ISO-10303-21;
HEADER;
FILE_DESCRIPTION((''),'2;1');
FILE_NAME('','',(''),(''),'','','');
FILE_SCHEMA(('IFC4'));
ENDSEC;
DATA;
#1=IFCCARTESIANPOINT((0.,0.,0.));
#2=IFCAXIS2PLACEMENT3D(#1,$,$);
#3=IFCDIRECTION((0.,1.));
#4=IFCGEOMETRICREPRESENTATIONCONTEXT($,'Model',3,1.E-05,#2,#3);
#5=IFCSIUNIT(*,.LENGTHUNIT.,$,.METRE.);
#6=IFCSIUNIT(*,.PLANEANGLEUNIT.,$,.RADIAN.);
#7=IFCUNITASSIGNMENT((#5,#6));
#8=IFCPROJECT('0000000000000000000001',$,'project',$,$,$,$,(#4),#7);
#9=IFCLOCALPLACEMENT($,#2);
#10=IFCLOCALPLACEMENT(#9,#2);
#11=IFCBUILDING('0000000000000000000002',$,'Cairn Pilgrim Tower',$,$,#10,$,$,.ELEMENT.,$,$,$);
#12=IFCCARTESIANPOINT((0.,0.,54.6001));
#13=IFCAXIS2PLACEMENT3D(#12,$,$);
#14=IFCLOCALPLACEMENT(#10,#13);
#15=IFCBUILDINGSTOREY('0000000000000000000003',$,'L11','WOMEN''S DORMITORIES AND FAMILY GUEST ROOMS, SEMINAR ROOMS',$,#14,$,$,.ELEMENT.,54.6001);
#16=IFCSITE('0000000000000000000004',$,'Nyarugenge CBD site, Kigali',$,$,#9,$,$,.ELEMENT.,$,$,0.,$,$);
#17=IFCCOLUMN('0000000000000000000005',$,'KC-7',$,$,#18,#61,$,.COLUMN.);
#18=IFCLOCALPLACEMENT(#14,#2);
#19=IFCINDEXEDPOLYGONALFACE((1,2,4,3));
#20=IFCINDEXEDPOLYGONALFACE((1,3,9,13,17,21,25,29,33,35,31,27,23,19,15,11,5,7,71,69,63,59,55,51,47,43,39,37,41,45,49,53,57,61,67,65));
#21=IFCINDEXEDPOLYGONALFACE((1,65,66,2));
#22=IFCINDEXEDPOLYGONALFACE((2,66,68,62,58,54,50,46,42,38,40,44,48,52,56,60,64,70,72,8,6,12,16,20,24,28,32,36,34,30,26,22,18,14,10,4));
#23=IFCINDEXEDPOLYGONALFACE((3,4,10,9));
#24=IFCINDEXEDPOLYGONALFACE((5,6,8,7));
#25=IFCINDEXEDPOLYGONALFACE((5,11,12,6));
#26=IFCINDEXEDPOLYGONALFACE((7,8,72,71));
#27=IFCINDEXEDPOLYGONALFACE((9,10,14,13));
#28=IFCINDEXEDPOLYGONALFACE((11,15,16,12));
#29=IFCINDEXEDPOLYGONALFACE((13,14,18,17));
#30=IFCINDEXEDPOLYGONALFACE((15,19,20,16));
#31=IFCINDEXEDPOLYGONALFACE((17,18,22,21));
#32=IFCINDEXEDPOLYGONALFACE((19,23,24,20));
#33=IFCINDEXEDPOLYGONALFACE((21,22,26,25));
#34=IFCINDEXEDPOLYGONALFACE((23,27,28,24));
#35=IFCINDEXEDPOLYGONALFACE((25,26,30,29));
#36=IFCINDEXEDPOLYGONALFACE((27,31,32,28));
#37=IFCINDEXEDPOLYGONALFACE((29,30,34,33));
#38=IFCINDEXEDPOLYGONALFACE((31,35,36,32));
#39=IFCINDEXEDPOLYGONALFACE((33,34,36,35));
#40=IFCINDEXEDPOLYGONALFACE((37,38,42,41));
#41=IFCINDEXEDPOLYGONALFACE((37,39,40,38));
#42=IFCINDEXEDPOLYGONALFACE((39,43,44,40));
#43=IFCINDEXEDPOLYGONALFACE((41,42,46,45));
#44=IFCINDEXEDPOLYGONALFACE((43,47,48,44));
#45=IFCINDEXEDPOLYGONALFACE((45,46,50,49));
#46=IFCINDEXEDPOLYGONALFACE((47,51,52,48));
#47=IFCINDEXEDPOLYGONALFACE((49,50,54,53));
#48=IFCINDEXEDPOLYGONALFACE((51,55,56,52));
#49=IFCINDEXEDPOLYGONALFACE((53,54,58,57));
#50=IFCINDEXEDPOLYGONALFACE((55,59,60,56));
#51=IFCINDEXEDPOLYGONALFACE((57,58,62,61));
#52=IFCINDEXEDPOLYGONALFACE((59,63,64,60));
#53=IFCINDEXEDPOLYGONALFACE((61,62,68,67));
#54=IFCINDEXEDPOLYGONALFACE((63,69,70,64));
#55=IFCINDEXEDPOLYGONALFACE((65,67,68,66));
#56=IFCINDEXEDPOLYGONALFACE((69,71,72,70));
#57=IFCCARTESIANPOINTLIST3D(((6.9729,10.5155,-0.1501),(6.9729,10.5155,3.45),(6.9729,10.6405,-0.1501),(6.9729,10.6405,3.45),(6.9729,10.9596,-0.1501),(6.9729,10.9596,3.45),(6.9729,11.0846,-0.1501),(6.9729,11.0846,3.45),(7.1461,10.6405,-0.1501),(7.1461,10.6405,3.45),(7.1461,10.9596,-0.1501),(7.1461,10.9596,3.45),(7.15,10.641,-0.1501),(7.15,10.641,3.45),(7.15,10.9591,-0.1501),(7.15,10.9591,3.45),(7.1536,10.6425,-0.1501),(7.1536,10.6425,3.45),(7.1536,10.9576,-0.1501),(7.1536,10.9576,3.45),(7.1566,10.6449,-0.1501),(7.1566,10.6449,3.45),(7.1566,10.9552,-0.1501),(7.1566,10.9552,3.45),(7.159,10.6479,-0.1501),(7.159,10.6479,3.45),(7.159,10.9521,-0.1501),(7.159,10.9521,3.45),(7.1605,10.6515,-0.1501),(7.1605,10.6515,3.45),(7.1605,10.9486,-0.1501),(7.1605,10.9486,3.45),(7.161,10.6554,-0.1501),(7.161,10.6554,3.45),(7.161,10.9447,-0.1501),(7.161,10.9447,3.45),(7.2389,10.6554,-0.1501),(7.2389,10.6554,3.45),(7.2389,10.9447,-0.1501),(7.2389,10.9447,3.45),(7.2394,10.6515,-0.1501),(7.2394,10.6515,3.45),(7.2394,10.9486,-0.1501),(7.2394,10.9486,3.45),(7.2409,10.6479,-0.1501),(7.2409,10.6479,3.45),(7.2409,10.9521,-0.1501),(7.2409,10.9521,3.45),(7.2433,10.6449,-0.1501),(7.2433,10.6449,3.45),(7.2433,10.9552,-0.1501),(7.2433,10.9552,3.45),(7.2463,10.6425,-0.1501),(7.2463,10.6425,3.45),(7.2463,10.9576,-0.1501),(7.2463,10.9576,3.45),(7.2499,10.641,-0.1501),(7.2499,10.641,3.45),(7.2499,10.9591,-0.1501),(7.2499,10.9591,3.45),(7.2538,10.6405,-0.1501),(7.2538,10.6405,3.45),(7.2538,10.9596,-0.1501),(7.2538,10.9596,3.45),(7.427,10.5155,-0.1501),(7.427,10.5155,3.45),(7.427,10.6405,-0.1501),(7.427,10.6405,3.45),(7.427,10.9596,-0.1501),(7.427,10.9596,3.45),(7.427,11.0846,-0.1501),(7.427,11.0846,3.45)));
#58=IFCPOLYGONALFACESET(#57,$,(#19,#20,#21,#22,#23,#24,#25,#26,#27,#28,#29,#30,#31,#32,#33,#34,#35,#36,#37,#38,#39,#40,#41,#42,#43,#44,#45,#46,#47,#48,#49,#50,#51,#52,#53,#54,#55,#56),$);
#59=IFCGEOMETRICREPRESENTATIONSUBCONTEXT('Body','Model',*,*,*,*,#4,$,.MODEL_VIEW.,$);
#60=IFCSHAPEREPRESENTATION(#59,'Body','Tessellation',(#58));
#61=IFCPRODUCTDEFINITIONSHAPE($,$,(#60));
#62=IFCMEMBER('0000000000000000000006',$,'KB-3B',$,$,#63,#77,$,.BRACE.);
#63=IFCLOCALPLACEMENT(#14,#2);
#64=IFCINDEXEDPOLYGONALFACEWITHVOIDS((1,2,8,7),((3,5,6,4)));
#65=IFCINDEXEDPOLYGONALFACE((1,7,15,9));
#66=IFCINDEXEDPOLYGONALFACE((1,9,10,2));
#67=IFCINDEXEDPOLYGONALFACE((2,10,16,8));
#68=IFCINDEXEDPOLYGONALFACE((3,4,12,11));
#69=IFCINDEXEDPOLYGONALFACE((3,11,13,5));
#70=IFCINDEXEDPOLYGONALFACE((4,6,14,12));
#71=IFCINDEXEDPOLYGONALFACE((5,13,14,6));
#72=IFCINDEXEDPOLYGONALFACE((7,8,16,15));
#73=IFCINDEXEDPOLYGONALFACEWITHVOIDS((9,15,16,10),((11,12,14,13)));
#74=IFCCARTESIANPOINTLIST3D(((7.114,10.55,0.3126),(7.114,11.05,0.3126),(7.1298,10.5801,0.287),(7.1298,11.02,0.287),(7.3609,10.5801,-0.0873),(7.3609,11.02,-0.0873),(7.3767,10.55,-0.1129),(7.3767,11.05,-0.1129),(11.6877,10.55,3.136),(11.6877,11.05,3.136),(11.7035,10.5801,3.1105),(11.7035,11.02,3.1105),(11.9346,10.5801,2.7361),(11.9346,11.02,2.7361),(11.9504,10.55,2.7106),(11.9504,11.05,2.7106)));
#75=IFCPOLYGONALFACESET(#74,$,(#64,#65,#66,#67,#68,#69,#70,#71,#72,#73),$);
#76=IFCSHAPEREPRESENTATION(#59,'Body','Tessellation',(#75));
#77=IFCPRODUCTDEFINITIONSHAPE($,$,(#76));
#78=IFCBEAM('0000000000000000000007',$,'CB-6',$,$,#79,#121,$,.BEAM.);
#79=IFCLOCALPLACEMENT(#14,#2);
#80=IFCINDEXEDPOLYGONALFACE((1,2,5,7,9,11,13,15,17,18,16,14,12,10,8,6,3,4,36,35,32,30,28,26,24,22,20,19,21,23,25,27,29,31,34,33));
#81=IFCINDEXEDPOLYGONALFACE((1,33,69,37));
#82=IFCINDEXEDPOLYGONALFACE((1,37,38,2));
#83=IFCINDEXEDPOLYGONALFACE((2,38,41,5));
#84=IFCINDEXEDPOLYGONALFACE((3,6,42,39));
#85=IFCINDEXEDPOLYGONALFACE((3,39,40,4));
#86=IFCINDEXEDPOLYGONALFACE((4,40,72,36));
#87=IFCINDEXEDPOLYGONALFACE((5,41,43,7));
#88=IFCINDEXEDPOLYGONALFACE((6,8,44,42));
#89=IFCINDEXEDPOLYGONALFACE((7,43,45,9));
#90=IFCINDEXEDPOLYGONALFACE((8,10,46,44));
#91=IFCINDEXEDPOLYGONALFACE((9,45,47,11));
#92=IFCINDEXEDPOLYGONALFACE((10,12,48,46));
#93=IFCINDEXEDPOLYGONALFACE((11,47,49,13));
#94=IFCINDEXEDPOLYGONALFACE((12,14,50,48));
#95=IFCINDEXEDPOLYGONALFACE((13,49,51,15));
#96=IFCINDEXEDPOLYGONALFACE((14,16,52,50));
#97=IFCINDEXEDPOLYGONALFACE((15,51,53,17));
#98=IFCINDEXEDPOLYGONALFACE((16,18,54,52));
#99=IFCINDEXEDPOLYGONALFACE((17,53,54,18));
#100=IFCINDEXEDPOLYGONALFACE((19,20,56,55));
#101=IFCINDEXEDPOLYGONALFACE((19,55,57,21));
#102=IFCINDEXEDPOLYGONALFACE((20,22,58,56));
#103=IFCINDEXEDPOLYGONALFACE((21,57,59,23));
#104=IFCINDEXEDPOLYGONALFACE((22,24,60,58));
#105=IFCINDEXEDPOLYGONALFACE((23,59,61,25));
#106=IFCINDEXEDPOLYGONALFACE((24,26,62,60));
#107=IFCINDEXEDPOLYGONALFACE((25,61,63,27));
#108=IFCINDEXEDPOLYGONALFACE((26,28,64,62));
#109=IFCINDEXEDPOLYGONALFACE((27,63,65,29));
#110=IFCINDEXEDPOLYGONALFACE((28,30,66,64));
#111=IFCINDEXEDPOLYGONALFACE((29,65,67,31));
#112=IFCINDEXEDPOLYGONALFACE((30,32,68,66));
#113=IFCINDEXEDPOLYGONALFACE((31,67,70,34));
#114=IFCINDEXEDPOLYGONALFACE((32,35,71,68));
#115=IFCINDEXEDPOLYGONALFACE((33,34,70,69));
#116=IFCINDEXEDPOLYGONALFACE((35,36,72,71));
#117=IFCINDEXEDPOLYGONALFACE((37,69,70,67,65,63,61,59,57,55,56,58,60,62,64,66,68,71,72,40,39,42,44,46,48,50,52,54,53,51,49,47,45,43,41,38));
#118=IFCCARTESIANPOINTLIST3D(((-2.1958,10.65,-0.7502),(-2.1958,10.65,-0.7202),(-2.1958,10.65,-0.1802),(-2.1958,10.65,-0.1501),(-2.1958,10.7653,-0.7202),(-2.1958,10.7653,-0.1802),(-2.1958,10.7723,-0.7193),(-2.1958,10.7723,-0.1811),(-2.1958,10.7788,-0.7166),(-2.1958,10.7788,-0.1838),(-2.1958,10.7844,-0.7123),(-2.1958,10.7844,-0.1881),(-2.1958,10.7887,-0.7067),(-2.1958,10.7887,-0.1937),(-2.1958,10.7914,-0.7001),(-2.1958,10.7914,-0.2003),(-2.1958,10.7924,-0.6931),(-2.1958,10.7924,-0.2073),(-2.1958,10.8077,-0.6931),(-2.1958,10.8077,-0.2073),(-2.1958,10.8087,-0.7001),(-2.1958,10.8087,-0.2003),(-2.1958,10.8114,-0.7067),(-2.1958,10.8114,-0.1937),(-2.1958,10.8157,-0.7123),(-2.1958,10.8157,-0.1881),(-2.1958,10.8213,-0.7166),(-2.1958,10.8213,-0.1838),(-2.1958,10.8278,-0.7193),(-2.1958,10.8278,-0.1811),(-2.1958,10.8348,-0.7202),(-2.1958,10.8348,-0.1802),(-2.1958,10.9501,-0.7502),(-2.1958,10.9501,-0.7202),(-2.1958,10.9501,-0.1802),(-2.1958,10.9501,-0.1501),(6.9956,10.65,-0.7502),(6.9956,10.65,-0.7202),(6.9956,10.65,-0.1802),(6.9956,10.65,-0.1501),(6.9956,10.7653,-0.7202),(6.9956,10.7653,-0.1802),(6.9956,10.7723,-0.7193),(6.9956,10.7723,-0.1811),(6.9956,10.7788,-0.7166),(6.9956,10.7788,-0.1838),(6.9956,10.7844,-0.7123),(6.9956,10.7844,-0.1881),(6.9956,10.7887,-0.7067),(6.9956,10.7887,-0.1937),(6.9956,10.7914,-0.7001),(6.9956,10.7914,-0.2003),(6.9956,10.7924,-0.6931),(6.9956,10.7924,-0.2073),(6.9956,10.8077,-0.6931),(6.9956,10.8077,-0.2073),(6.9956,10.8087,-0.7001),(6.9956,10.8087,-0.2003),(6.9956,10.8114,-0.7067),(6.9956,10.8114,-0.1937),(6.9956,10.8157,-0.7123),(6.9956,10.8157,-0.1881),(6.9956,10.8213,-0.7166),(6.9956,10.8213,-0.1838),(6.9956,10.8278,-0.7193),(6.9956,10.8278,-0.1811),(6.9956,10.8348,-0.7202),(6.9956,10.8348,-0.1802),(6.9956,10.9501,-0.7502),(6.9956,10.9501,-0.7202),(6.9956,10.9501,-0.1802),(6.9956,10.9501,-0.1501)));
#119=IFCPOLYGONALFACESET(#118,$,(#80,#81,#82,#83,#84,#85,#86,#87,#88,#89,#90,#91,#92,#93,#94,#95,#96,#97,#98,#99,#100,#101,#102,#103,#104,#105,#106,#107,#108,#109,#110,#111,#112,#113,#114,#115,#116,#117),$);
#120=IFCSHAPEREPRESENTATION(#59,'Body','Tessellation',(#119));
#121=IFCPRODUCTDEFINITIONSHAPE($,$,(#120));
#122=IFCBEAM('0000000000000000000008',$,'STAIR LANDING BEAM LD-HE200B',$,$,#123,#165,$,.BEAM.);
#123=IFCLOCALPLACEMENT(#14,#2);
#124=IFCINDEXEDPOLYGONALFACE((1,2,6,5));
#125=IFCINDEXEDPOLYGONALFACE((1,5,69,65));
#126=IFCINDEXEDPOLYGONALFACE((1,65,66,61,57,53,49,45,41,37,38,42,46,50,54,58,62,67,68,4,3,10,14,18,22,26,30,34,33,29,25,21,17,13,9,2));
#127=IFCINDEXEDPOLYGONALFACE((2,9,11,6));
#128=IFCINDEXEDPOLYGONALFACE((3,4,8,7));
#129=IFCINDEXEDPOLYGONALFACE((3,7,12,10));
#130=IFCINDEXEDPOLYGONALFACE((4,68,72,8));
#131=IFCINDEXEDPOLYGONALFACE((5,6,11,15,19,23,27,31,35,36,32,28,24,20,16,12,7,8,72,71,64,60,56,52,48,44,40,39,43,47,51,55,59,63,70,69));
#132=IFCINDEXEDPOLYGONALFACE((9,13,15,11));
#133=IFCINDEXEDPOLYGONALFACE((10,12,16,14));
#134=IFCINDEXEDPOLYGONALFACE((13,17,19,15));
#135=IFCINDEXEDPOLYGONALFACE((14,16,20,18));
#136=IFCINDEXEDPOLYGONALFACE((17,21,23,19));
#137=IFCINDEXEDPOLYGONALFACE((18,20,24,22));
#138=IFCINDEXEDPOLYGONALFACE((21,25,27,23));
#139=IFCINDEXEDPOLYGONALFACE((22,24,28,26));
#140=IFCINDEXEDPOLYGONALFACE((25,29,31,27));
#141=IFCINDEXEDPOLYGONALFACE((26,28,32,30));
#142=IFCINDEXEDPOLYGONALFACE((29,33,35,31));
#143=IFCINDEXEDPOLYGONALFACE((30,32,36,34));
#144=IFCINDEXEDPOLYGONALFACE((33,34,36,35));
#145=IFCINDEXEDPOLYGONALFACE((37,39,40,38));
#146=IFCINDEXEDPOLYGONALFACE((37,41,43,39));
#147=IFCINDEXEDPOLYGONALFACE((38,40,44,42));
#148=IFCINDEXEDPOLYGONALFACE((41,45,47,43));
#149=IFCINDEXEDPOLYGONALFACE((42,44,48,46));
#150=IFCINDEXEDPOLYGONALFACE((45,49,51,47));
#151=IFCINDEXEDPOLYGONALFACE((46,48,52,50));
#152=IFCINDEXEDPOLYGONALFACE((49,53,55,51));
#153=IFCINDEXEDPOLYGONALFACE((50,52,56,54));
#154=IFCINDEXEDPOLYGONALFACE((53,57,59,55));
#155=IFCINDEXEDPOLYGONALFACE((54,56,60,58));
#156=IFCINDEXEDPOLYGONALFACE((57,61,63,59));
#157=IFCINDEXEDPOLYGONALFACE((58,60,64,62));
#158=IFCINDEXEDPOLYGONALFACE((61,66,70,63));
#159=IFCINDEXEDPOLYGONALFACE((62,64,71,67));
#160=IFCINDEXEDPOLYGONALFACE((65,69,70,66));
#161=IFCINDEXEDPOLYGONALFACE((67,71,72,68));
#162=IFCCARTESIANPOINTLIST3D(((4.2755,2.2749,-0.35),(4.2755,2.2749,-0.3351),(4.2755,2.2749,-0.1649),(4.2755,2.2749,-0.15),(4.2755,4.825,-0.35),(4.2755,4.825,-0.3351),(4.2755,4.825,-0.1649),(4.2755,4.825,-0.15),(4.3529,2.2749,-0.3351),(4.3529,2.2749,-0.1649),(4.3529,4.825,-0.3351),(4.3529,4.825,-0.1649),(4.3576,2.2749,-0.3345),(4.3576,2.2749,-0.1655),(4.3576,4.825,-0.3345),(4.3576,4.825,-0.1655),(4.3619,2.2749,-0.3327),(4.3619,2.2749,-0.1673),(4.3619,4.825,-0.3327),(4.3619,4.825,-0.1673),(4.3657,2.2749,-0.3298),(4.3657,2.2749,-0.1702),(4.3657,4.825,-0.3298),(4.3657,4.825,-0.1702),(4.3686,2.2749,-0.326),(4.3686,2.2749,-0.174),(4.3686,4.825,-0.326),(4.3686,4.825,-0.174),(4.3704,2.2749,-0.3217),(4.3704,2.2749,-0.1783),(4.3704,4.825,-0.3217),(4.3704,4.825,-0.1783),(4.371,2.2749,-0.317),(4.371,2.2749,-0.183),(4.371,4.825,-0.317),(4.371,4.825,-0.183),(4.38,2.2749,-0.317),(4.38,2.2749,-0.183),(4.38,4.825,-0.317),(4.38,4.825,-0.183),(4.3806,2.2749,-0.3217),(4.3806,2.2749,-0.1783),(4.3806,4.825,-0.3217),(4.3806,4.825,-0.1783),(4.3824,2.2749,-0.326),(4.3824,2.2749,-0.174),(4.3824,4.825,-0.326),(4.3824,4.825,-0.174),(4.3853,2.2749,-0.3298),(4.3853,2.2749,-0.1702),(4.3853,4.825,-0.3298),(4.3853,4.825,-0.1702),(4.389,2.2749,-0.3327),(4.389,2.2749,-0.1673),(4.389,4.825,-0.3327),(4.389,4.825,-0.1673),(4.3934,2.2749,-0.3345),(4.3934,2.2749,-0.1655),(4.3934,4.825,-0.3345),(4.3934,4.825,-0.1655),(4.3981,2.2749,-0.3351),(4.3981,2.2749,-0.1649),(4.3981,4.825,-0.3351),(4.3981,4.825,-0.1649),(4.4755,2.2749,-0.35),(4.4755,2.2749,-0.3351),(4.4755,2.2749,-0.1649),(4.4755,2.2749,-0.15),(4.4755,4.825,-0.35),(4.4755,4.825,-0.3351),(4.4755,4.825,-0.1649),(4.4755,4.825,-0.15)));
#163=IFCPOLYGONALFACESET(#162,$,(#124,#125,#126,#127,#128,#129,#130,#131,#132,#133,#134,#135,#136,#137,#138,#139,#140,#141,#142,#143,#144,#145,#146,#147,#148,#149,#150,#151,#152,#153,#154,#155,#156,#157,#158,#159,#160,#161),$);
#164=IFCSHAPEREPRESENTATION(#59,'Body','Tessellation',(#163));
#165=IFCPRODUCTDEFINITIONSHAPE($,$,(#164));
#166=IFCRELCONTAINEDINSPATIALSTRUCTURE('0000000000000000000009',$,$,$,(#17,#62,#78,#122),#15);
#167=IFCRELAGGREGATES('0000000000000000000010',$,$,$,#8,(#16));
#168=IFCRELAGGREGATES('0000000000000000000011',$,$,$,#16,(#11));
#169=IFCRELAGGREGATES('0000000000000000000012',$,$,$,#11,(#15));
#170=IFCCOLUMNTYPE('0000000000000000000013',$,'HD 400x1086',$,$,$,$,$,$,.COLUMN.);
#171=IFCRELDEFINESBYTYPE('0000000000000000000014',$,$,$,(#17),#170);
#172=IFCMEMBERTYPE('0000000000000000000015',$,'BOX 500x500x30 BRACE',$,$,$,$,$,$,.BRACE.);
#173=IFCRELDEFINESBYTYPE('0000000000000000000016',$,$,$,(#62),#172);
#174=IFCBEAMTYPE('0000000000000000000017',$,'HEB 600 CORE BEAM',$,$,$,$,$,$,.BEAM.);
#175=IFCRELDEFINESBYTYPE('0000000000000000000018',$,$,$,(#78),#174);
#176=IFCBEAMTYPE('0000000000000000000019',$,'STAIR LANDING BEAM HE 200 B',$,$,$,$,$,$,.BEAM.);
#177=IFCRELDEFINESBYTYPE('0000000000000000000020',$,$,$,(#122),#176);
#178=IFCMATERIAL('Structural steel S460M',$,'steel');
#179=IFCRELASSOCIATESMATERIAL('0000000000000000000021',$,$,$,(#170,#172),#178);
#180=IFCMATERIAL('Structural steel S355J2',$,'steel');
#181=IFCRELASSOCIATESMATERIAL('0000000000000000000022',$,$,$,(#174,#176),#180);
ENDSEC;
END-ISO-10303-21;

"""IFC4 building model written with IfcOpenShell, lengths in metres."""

from ifc_helpers import new_model, si_unit, direction, frame, origin, origin_2d, place, context, subcontext, project, spatial, hollow_rectangle, i_section, extrude, material, material_profile, profile_set, type_object, element, save


model = new_model("IFC4")

# Units and contexts
model_context = context("Model", 3, precision=1e-05, world=origin(), true_north=direction((0.0, 1.0)))
body_context = subcontext(model_context, "Body", "Model", "MODEL_VIEW")
ifc_project = project(units=[si_unit("LENGTHUNIT", "METRE"), si_unit("PLANEANGLEUNIT", "RADIAN")], contexts=[model_context])

# Site, building, storey
site_placement = place(None, origin())
site = spatial("IfcSite", under=ifc_project, at=site_placement, Name="Nyarugenge CBD site, Kigali", CompositionType="ELEMENT", RefElevation=0.0)
building_placement = place(site_placement, origin())
building = spatial("IfcBuilding", under=site, at=building_placement, Name="Cairn Pilgrim Tower", CompositionType="ELEMENT")
storey_placement = place(building_placement, frame((0.0, 0.0, 54.6001)))
storey = spatial("IfcBuildingStorey", under=building, at=storey_placement, Name="L11", Description="WOMEN'S DORMITORIES AND FAMILY GUEST ROOMS, SEMINAR ROOMS", CompositionType="ELEMENT", Elevation=54.6001)

# Column
ifc_material_1 = material(Name="Structural steel S460M", Category="steel")
ifc_material_profile_1 = material_profile(ifc_material_1, i_section(OverallWidth=0.4541, OverallDepth=0.5691, WebThickness=0.0779, FlangeThickness=0.125, FilletRadius=0.0149, at=origin_2d()), Name="HD 400x1086")
ifc_profile_set_1 = profile_set([ifc_material_profile_1], Name="Structural steel S460M")
column_type = type_object("IfcColumnType", Name="HD 400x1086", PredefinedType="COLUMN", material=ifc_profile_set_1)
column_placement = place(storey_placement, frame((7.2, 10.8, -0.1501), z_axis=(0.0, 0.0, 1.0), x_axis=(1.0, 0.0, 0.0)))
element("IfcColumn", 1, at=column_placement, inside=storey, type_object=column_type, Name="KC-7", PredefinedType="COLUMN", context=body_context, shape_type="SweptSolid", body=[
    extrude(i_section(OverallWidth=0.4541, OverallDepth=0.5691, WebThickness=0.0779, FlangeThickness=0.125, FilletRadius=0.0149, at=origin_2d()), origin(), (0.0, 0.0, 1.0), 3.6001),
])

# Member
ifc_material_profile_2 = material_profile(ifc_material_1, hollow_rectangle(XDim=0.5, YDim=0.5, WallThickness=0.03, at=origin_2d()), Name="BOX 500x500x30")
ifc_profile_set_2 = profile_set([ifc_material_profile_2], Name="Structural steel S460M")
member_type = type_object("IfcMemberType", Name="BOX 500x500x30 BRACE", PredefinedType="BRACE", material=ifc_profile_set_2)
member_placement = place(storey_placement, frame((7.2454, 10.8, 0.0999), z_axis=(0.85092, 0.0, 0.525296), x_axis=(0.0, 1.0, 0.0)))
element("IfcMember", 2, at=member_placement, inside=storey, type_object=member_type, Name="KB-3B", PredefinedType="BRACE", context=body_context, shape_type="SweptSolid", body=[
    extrude(hollow_rectangle(XDim=0.5, YDim=0.5, WallThickness=0.03, at=origin_2d()), origin(), (0.0, 0.0, 1.0), 5.375),
])

# Beams
ifc_material_2 = material(Name="Structural steel S355J2", Category="steel")
ifc_material_profile_3 = material_profile(ifc_material_2, i_section(OverallWidth=0.3, OverallDepth=0.6001, WebThickness=0.0154, FlangeThickness=0.03, FilletRadius=0.0271, at=origin_2d()), Name="HEB 600")
ifc_profile_set_3 = profile_set([ifc_material_profile_3], Name="Structural steel S355J2")
beam_type_1 = type_object("IfcBeamType", Name="HEB 600 CORE BEAM", PredefinedType="BEAM", material=ifc_profile_set_3)
beam_1_placement = place(storey_placement, frame((6.9956, 10.8, -0.4502), z_axis=(-1.0, 0.0, 0.0), x_axis=(0.0, -1.0, 0.0)))
element("IfcBeam", 3, at=beam_1_placement, inside=storey, type_object=beam_type_1, Name="CB-6", PredefinedType="BEAM", context=body_context, shape_type="SweptSolid", body=[
    extrude(i_section(OverallWidth=0.3, OverallDepth=0.6001, WebThickness=0.0154, FlangeThickness=0.03, FilletRadius=0.0271, at=origin_2d()), origin(), (0.0, 0.0, 1.0), 9.1914),
])
ifc_material_profile_4 = material_profile(ifc_material_2, i_section(OverallWidth=0.2, OverallDepth=0.2, WebThickness=0.009, FlangeThickness=0.0149, FilletRadius=0.0181, at=origin_2d()), Name="HE 200 B")
ifc_profile_set_4 = profile_set([ifc_material_profile_4], Name="Structural steel S355J2")
beam_type_2 = type_object("IfcBeamType", Name="STAIR LANDING BEAM HE 200 B", PredefinedType="BEAM", material=ifc_profile_set_4)
beam_2_placement = place(storey_placement, frame((4.3755, 2.2749, -0.25), z_axis=(0.0, 1.0, 0.0), x_axis=(-1.0, 0.0, 0.0)))
element("IfcBeam", 4, at=beam_2_placement, inside=storey, type_object=beam_type_2, Name="STAIR LANDING BEAM LD-HE200B", PredefinedType="BEAM", context=body_context, shape_type="SweptSolid", body=[
    extrude(i_section(OverallWidth=0.2, OverallDepth=0.2, WebThickness=0.009, FlangeThickness=0.0149, FilletRadius=0.0181, at=origin_2d()), origin(), (0.0, 0.0, 1.0), 2.55),
])

save(model, "model.ifc")
